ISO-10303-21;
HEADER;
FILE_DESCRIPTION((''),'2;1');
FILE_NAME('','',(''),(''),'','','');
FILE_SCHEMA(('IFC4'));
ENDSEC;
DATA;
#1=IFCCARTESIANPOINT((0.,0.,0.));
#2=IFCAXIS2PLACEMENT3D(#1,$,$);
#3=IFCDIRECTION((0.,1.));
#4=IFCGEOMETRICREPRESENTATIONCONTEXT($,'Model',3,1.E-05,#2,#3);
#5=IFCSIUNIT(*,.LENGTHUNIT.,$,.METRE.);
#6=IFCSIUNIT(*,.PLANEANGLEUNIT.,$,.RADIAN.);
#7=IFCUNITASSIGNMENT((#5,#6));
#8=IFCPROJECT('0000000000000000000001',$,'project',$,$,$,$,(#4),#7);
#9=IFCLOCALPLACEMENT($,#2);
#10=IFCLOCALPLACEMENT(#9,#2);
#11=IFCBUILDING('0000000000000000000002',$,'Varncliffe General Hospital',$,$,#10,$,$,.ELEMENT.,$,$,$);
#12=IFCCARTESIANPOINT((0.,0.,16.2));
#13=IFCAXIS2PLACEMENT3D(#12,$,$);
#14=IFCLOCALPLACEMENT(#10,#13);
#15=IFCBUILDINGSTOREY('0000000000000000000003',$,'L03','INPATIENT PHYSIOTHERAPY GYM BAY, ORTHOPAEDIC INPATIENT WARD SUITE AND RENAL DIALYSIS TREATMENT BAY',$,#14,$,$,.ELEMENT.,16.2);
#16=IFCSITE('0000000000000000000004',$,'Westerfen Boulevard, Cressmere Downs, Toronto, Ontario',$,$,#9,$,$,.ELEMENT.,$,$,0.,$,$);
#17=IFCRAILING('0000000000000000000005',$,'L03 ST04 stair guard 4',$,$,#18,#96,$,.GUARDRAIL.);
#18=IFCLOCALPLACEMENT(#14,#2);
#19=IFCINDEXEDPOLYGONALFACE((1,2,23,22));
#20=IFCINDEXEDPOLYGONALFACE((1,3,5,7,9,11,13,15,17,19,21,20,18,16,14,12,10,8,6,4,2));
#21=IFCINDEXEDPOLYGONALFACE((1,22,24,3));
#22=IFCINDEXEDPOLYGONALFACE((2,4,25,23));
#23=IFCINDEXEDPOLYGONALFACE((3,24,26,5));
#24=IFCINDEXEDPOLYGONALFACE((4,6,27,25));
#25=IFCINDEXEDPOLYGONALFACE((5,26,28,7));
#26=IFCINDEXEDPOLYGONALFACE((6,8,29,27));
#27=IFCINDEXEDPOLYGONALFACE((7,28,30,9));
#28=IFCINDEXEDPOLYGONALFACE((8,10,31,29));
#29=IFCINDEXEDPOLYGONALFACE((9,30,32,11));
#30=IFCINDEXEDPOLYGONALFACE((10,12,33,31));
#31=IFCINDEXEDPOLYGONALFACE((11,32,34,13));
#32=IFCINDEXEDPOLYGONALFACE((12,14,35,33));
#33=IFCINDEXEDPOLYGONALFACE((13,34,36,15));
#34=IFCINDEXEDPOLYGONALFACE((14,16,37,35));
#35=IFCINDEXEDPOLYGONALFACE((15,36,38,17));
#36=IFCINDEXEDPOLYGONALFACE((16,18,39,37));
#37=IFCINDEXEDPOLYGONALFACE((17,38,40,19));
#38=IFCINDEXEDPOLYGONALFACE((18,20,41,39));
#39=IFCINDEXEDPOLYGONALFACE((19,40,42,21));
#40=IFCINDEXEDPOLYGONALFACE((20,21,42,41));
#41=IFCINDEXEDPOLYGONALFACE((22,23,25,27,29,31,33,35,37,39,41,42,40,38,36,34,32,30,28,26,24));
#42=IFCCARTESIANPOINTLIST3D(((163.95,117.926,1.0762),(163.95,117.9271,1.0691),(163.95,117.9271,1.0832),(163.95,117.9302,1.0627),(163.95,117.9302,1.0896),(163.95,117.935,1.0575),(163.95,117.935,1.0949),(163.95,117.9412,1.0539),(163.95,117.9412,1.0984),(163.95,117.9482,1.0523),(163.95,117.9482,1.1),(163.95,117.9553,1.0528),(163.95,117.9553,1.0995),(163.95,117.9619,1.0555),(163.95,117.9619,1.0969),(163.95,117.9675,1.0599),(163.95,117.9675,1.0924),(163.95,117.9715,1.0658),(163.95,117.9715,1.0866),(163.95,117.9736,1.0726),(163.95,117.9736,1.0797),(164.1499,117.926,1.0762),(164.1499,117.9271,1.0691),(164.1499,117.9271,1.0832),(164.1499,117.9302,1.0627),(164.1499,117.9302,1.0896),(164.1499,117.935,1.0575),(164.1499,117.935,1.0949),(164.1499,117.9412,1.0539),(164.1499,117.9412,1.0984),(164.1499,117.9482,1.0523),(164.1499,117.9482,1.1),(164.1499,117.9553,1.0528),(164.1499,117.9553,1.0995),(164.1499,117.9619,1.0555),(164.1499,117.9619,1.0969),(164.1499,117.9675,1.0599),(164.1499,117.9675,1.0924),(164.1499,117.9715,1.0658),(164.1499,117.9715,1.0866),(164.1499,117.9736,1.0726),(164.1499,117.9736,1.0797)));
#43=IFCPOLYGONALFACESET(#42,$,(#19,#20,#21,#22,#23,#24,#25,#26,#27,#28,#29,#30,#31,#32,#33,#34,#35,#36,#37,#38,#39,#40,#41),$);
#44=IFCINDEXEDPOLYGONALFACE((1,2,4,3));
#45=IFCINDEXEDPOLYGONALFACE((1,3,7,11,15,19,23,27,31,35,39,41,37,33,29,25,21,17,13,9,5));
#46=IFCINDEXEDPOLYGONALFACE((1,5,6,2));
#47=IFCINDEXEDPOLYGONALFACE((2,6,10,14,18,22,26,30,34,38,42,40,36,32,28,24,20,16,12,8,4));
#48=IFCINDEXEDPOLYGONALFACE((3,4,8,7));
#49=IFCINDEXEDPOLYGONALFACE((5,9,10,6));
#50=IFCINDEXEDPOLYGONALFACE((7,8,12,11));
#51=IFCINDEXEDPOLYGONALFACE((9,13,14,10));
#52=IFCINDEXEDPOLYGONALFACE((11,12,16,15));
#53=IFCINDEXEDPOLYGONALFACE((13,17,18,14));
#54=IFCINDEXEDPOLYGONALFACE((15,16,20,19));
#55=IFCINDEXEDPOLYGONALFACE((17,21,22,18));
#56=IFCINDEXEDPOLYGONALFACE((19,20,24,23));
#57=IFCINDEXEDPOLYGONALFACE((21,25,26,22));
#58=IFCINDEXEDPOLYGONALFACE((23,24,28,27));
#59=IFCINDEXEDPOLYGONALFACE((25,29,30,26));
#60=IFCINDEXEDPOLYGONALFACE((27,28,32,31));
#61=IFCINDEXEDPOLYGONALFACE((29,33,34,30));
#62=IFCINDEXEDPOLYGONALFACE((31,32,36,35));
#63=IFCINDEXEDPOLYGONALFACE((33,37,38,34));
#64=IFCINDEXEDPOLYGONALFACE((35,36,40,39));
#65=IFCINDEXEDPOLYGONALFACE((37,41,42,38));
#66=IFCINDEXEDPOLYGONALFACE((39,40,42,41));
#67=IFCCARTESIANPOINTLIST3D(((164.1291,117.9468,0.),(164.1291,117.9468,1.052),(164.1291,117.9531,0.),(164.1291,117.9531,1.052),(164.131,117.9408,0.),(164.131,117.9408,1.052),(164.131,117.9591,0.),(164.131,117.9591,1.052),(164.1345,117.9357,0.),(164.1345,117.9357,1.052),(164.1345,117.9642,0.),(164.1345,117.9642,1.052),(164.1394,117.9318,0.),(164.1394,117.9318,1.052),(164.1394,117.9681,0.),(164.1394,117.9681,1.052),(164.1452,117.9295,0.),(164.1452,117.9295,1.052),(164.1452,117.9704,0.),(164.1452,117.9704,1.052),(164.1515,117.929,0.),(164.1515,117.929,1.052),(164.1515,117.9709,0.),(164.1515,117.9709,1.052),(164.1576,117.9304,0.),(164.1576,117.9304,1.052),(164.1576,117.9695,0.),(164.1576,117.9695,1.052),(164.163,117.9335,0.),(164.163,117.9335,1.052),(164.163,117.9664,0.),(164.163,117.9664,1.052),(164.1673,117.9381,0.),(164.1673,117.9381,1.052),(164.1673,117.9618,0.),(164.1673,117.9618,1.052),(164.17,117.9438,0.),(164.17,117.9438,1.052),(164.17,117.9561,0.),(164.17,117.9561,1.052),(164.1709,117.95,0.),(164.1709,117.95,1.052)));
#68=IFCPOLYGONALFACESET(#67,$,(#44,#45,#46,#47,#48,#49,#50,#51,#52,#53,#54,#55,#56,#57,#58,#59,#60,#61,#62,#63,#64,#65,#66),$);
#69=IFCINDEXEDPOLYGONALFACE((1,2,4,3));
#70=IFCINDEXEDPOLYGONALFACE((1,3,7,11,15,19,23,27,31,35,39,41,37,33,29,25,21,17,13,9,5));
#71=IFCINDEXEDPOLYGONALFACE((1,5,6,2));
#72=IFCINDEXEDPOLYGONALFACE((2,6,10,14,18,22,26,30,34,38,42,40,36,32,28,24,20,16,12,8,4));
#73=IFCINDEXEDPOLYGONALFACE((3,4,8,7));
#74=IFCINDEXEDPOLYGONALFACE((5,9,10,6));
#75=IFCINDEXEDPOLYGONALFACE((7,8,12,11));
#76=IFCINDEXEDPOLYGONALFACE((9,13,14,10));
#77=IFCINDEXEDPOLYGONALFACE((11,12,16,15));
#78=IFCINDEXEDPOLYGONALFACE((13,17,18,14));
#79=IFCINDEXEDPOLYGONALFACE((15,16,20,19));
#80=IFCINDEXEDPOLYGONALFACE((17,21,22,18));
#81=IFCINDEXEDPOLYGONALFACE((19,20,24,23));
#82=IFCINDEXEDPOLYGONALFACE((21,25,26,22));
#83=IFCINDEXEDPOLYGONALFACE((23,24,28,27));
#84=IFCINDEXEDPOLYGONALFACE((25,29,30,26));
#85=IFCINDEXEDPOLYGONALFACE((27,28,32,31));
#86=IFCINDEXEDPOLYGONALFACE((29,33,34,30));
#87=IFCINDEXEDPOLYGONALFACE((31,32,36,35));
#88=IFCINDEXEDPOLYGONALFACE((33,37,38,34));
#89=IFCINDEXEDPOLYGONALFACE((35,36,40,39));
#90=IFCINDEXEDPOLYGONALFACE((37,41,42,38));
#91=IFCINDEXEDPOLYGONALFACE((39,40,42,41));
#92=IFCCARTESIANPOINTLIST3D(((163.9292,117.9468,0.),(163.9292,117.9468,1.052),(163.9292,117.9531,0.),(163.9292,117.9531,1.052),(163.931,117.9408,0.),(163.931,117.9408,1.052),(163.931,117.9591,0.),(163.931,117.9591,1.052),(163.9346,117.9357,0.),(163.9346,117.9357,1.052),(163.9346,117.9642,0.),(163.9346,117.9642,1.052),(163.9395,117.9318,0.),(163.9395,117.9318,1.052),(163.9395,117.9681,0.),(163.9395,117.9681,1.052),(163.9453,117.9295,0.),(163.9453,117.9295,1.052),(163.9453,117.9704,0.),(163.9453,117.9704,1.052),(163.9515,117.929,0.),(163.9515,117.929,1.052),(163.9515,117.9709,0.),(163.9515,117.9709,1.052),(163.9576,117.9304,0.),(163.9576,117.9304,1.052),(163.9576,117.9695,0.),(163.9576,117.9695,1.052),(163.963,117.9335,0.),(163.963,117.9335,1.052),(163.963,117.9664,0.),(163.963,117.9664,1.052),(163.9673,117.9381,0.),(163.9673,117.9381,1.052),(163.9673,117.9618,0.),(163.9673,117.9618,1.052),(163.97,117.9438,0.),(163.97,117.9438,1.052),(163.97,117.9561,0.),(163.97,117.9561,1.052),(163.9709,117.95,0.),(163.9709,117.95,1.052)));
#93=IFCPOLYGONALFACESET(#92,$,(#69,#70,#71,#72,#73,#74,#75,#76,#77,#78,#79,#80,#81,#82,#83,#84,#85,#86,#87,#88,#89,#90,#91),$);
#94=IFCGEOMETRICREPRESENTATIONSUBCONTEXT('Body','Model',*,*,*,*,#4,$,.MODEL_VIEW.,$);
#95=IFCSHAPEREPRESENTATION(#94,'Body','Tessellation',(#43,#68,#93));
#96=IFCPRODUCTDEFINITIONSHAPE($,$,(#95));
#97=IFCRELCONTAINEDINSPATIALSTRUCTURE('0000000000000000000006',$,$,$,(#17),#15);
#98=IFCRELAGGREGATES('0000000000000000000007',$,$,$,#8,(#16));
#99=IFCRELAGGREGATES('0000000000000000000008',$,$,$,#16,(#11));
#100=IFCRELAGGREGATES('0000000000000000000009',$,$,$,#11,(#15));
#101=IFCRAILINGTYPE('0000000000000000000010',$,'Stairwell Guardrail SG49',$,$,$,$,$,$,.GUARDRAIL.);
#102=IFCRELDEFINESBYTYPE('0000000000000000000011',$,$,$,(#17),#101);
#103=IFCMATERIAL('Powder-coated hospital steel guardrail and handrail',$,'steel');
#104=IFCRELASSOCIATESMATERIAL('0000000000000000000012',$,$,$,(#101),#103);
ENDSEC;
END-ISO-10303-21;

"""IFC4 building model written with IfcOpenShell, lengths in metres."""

from ifc_helpers import new_model, si_unit, direction, frame, origin, origin_2d, place, context, subcontext, project, spatial, circle, extrude, material, type_object, element, save


model = new_model("IFC4")

# Units and contexts
model_context = context("Model", 3, precision=1e-05, world=origin(), true_north=direction((0.0, 1.0)))
body_context = subcontext(model_context, "Body", "Model", "MODEL_VIEW")
ifc_project = project(units=[si_unit("LENGTHUNIT", "METRE"), si_unit("PLANEANGLEUNIT", "RADIAN")], contexts=[model_context])

# Site, building, storey
site_placement = place(None, origin())
site = spatial("IfcSite", under=ifc_project, at=site_placement, Name="Westerfen Boulevard, Cressmere Downs, Toronto, Ontario", CompositionType="ELEMENT", RefElevation=0.0)
building_placement = place(site_placement, origin())
building = spatial("IfcBuilding", under=site, at=building_placement, Name="Varncliffe General Hospital", CompositionType="ELEMENT")
storey_placement = place(building_placement, frame((0.0, 0.0, 16.2)))
storey = spatial("IfcBuildingStorey", under=building, at=storey_placement, Name="L03", Description="INPATIENT PHYSIOTHERAPY GYM BAY, ORTHOPAEDIC INPATIENT WARD SUITE AND RENAL DIALYSIS TREATMENT BAY", CompositionType="ELEMENT", Elevation=16.2)

# Railing
ifc_material_1 = material(Name="Powder-coated hospital steel guardrail and handrail", Category="steel")
railing_type_1 = type_object("IfcRailingType", Name="Stairwell Guardrail SG49", PredefinedType="GUARDRAIL", material=ifc_material_1)
railing_1_placement = place(storey_placement, frame((164.1499, 117.95, 0.0)))
element("IfcRailing", 1, at=railing_1_placement, inside=storey, type_object=railing_type_1, Name="L03 ST04 stair guard 4", PredefinedType="GUARDRAIL", context=body_context, shape_type="SweptSolid", body=[
    extrude(circle(Radius=0.0239, at=origin_2d()), frame((0.0, 0.0, 1.0762), z_axis=(-1.0, 0.0, 0.0), x_axis=(0.0, -1.0, 0.0)), (0.0, 0.0, 1.0), 0.2),
    extrude(circle(Radius=0.021, at=origin_2d()), origin(), (0.0, 0.0, 1.0), 1.052),
    extrude(circle(Radius=0.021, at=origin_2d()), frame((-0.2, 0.0, 0.0)), (0.0, 0.0, 1.0), 1.052),
])

save(model, "model.ifc")
